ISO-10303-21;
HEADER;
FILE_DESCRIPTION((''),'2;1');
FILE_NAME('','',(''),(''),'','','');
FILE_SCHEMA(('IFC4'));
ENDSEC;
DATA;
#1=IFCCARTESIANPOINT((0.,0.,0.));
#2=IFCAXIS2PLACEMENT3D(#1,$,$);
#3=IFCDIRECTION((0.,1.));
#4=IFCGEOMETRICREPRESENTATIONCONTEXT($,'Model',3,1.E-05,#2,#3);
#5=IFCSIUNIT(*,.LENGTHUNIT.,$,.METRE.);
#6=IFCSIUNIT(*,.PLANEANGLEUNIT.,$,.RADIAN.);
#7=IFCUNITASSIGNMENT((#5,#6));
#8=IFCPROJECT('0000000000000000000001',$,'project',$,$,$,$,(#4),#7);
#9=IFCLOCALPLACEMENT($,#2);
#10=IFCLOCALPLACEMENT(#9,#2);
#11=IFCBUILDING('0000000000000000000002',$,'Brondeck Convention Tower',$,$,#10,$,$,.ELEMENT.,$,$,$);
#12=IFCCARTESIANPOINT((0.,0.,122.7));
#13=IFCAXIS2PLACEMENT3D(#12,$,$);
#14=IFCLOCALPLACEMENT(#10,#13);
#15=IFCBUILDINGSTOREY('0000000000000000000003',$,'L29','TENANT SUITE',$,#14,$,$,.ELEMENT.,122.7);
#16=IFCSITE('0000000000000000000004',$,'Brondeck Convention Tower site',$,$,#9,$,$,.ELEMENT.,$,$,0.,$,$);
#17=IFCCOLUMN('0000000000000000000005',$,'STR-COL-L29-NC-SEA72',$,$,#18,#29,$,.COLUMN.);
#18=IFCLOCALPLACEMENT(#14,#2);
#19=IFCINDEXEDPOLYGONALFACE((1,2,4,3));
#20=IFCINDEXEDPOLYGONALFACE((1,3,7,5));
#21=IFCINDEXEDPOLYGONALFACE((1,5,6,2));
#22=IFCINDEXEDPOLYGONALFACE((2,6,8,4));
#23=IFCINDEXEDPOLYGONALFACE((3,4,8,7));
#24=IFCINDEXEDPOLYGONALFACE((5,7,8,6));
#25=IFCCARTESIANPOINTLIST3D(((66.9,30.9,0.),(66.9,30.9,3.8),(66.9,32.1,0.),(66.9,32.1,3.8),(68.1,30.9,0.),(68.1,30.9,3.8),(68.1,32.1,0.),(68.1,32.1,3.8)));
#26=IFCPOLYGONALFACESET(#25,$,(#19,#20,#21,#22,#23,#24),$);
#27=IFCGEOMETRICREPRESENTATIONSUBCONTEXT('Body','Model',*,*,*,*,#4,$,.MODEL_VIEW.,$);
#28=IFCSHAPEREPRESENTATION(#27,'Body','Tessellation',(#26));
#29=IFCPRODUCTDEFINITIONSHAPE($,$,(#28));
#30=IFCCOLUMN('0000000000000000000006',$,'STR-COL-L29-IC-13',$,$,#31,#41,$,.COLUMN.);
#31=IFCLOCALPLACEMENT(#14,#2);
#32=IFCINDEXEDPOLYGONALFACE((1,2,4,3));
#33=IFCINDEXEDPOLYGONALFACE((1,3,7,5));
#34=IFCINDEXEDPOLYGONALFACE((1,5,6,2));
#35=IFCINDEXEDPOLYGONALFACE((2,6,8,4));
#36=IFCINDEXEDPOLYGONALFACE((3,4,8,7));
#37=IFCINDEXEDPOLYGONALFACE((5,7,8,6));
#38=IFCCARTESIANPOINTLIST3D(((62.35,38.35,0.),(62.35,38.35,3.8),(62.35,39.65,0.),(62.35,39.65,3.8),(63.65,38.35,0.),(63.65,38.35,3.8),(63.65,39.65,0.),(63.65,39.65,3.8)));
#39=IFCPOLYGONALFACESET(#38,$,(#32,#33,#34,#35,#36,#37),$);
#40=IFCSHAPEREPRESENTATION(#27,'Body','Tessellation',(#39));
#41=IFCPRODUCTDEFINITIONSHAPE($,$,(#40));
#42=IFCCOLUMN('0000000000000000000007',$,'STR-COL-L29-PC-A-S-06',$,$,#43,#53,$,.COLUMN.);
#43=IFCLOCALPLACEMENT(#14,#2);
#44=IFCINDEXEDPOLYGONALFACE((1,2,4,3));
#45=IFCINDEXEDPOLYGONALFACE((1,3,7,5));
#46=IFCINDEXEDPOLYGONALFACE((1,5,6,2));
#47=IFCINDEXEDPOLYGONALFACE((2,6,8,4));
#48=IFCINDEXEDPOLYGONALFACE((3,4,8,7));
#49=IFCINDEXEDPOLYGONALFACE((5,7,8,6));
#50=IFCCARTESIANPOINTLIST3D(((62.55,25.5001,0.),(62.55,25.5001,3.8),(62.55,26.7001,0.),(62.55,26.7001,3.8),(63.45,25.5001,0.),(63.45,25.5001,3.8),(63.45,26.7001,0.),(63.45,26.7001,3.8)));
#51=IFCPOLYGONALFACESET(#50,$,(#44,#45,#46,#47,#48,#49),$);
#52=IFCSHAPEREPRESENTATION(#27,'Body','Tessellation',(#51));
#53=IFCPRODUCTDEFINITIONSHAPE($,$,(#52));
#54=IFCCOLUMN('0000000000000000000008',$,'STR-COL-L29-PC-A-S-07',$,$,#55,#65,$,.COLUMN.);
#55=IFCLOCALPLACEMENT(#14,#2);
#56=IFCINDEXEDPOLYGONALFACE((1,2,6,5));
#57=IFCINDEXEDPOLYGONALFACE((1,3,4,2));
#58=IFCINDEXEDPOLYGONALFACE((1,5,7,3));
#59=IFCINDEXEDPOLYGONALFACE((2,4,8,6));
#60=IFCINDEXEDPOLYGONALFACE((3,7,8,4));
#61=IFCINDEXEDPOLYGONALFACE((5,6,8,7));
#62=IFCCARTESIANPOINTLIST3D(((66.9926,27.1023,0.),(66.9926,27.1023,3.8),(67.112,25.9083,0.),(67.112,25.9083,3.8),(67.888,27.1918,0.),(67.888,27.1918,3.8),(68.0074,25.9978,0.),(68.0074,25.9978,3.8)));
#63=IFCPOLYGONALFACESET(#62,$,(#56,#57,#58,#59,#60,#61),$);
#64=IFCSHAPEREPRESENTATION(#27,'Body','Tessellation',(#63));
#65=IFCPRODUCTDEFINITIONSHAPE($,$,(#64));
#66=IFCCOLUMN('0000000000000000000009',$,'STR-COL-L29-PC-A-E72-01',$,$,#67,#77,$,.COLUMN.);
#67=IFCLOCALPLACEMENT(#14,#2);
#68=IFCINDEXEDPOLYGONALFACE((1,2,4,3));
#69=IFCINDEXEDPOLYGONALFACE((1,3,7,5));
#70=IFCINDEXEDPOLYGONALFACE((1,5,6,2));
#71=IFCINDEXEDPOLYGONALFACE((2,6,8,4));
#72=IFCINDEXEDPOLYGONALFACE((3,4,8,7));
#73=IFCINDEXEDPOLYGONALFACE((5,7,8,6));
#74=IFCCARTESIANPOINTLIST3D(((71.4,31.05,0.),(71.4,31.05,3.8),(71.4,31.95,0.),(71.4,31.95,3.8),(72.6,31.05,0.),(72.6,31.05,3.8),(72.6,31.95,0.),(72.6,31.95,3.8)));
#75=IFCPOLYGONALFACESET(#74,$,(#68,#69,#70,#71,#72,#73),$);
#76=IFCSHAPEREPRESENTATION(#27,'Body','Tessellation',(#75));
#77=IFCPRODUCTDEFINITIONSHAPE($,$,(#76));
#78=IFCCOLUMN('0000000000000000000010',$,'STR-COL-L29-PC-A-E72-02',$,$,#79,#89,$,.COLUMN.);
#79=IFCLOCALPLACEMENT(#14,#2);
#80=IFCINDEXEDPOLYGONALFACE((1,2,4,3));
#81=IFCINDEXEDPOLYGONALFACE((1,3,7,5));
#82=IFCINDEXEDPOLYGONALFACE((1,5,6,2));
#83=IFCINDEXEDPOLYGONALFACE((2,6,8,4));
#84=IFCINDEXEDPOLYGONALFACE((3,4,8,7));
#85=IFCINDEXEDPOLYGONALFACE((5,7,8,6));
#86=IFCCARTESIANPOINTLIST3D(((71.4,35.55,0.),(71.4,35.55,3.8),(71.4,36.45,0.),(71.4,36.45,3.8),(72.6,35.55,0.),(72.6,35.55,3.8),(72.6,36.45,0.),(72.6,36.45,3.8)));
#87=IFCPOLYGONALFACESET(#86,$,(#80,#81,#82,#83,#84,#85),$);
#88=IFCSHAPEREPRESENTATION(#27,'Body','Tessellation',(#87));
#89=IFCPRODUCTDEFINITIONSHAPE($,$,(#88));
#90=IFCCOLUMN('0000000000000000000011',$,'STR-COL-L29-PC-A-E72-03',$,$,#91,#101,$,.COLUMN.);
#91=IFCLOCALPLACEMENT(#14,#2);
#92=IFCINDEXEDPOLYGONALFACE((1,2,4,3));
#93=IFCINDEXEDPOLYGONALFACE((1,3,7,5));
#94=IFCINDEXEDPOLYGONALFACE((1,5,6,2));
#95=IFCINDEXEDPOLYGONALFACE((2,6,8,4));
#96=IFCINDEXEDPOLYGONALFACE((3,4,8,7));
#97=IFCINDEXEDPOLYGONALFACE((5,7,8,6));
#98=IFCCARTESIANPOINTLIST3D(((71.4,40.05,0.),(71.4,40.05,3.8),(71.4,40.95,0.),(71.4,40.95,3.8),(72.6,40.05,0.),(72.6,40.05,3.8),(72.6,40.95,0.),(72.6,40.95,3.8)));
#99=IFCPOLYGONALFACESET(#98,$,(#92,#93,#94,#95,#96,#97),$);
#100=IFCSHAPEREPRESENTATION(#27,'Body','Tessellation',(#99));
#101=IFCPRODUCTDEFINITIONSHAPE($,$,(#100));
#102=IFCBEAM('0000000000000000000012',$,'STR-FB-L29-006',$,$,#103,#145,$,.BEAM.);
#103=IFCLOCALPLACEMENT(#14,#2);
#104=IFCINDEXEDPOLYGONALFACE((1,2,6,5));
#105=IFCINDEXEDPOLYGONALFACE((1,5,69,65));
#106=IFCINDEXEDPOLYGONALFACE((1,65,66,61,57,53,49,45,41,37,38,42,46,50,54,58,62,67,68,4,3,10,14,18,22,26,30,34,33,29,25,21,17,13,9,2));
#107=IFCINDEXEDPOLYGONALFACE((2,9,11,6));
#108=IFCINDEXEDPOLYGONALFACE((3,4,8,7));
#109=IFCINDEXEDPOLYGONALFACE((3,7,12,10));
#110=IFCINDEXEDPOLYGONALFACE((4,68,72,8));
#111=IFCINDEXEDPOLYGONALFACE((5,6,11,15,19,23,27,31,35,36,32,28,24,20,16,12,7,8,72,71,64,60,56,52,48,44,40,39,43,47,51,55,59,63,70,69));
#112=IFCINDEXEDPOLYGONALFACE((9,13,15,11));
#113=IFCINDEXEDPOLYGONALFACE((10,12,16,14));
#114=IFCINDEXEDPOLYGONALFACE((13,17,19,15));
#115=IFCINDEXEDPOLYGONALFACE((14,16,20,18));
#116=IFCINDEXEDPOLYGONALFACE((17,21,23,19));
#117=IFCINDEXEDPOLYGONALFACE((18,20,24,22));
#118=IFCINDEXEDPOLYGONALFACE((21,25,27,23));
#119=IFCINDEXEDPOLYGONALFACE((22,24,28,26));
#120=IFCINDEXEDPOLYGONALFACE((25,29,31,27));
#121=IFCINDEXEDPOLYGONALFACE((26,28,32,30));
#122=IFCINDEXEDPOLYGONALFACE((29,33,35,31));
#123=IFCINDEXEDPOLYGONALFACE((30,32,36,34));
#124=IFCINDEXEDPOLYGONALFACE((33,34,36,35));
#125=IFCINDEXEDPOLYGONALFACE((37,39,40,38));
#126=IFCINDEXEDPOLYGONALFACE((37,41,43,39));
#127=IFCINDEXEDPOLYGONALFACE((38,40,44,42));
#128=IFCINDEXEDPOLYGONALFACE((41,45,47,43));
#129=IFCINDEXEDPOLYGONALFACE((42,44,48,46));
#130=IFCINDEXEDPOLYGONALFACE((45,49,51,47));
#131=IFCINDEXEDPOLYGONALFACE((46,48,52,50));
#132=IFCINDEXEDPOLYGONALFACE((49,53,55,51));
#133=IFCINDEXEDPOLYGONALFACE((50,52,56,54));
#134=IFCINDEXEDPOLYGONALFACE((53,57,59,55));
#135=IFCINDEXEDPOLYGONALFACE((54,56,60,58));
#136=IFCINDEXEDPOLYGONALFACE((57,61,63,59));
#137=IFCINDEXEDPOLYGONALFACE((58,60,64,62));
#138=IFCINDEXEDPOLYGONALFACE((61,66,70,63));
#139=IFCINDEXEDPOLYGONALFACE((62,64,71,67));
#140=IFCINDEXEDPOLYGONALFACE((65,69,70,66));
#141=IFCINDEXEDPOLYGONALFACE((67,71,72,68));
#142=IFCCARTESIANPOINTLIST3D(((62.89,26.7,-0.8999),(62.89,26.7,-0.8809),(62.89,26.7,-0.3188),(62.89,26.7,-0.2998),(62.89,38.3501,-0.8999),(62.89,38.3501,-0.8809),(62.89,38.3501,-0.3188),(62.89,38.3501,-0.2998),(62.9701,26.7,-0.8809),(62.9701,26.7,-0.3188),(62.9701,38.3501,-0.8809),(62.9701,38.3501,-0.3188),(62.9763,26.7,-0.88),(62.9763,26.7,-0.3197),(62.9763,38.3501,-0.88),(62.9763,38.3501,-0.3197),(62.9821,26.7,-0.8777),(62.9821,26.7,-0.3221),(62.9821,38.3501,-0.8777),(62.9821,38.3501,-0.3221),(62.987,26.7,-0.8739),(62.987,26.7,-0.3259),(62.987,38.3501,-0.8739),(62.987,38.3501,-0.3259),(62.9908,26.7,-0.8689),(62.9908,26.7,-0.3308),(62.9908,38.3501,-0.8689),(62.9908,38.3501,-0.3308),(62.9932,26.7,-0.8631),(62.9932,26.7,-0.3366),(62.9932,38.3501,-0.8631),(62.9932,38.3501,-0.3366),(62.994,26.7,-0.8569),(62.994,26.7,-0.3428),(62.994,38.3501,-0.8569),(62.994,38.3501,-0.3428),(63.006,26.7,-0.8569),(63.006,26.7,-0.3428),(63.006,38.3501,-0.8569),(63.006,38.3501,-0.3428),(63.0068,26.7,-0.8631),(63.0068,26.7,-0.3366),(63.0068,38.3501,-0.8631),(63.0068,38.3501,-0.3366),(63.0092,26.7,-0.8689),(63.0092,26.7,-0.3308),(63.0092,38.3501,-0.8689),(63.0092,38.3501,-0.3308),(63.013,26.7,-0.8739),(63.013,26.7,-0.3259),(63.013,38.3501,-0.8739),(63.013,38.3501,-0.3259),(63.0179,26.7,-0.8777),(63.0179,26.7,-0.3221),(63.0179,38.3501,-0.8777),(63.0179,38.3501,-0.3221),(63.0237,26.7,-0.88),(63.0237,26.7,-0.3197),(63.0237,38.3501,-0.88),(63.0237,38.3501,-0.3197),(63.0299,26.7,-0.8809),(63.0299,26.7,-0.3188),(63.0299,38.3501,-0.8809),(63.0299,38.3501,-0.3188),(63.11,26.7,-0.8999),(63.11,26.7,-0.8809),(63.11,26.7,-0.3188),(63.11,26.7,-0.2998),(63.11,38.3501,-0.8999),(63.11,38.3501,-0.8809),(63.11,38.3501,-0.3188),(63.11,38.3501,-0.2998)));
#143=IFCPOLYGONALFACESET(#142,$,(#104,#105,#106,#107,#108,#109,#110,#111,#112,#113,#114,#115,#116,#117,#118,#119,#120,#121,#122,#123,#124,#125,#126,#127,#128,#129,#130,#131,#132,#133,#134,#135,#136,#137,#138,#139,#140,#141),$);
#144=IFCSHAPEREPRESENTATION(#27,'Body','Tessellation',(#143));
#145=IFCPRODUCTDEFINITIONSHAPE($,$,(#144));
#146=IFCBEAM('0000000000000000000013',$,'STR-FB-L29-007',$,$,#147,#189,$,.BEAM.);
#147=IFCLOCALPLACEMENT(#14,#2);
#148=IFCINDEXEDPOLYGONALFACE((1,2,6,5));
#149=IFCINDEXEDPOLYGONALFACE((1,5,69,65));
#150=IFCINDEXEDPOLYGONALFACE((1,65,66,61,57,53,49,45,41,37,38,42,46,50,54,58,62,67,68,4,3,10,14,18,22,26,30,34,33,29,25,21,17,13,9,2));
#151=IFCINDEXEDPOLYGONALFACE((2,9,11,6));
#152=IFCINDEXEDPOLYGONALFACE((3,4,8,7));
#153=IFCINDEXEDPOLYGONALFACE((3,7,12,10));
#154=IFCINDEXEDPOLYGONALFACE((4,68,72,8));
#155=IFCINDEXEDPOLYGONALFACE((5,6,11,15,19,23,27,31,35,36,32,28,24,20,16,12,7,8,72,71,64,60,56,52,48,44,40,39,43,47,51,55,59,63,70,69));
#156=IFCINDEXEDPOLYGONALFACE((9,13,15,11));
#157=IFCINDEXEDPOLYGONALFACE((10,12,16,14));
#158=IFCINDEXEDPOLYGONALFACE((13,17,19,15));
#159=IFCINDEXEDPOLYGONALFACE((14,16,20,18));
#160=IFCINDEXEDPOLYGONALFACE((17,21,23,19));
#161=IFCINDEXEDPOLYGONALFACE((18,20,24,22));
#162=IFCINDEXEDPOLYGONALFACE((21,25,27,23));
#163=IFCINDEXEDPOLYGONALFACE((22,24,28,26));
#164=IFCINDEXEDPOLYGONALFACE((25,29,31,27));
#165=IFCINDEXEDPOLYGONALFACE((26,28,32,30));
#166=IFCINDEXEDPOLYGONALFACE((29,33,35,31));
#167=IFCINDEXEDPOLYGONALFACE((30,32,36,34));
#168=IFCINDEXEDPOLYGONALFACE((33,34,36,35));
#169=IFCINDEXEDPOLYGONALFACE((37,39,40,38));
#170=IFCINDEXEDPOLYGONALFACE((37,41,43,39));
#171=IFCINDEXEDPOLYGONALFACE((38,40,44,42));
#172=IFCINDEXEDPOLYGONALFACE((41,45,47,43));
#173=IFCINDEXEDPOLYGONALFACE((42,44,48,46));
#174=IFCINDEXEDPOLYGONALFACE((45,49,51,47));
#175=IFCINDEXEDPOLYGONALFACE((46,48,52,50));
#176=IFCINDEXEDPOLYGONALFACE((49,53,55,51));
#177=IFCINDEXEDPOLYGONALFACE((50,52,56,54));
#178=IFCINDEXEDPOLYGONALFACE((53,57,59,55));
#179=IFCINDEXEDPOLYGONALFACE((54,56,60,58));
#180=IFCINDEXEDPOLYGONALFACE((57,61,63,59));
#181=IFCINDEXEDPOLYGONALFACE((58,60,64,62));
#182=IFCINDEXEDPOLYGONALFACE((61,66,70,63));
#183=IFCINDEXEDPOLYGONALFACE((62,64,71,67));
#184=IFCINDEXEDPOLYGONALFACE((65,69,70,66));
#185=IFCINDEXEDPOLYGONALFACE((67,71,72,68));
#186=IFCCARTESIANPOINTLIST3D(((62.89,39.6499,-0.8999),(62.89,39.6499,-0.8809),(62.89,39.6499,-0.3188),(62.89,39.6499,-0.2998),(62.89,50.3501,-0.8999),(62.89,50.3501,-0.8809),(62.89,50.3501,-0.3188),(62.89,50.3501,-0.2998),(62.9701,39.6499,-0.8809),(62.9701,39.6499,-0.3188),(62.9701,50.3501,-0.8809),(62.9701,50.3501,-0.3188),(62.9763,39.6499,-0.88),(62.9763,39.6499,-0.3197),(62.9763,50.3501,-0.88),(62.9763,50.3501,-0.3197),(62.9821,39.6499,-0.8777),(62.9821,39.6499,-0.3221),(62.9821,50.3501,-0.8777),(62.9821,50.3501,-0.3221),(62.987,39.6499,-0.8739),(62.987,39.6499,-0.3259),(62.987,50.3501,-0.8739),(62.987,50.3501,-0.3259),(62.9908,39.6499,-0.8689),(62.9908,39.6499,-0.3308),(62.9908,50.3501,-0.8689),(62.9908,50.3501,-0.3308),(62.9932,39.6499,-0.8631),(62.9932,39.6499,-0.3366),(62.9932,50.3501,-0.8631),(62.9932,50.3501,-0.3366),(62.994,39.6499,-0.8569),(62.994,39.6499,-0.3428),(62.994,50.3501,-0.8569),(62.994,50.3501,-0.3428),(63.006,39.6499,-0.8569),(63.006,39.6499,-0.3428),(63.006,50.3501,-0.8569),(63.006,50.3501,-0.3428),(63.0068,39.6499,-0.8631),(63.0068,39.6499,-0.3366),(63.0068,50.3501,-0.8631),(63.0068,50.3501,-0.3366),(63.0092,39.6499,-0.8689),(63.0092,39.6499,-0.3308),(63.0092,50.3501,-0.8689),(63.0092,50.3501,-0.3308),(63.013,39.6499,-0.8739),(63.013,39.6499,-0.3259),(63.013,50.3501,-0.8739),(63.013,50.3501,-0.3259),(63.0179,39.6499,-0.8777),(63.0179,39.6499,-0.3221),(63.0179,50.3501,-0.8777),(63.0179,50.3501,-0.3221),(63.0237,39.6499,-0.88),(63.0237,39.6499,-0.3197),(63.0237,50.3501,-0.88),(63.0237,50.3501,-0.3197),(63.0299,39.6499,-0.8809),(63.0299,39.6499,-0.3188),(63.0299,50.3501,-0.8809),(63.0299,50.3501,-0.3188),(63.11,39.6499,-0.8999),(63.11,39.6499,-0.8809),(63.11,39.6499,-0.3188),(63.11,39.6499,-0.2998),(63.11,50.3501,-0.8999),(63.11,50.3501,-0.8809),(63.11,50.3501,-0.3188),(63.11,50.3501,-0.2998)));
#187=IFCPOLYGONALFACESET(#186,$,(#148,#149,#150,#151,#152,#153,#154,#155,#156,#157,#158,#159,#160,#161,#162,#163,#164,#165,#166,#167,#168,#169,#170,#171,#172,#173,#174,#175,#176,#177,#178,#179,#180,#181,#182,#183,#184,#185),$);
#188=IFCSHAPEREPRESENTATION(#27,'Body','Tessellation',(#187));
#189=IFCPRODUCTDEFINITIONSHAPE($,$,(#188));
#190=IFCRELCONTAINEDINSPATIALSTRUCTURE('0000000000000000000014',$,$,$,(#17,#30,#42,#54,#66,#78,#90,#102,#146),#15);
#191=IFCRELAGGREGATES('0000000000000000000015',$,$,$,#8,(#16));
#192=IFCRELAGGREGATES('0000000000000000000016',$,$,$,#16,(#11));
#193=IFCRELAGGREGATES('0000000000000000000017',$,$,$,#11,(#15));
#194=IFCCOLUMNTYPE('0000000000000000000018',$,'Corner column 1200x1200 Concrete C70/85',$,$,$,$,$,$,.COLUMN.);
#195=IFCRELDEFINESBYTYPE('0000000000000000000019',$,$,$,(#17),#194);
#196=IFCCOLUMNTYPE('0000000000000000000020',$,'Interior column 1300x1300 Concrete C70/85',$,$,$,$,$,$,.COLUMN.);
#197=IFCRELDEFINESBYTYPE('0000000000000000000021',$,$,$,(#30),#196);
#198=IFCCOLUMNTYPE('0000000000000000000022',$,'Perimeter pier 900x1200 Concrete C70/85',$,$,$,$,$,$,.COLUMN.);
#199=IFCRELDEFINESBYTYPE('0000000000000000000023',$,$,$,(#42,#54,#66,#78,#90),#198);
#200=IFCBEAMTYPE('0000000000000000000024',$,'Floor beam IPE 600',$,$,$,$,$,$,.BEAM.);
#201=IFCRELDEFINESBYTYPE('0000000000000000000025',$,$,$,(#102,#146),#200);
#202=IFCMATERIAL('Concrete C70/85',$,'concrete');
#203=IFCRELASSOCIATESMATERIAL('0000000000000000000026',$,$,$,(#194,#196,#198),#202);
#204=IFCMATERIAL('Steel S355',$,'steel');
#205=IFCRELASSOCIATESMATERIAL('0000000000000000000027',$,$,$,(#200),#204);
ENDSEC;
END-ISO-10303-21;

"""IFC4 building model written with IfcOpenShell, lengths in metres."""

from ifc_helpers import new_model, si_unit, direction, frame, origin, origin_2d, place, context, subcontext, project, spatial, rectangle, i_section, extrude, material, material_profile, profile_set, type_object, element, save


model = new_model("IFC4")

# Units and contexts
model_context = context("Model", 3, precision=1e-05, world=origin(), true_north=direction((0.0, 1.0)))
body_context = subcontext(model_context, "Body", "Model", "MODEL_VIEW")
ifc_project = project(units=[si_unit("LENGTHUNIT", "METRE"), si_unit("PLANEANGLEUNIT", "RADIAN")], contexts=[model_context])

# Site, building, storey
site_placement = place(None, origin())
site = spatial("IfcSite", under=ifc_project, at=site_placement, Name="Brondeck Convention Tower site", CompositionType="ELEMENT", RefElevation=0.0)
building_placement = place(site_placement, origin())
building = spatial("IfcBuilding", under=site, at=building_placement, Name="Brondeck Convention Tower", CompositionType="ELEMENT")
storey_placement = place(building_placement, frame((0.0, 0.0, 122.7)))
storey = spatial("IfcBuildingStorey", under=building, at=storey_placement, Name="L29", Description="TENANT SUITE", CompositionType="ELEMENT", Elevation=122.7)

# Columns
ifc_material_1 = material(Name="Concrete C70/85", Category="concrete")
ifc_material_profile_1 = material_profile(ifc_material_1, rectangle(XDim=1.2, YDim=1.2, at=origin_2d()), Name="Corner column 1200x1200 Concrete C70/85")
ifc_profile_set_1 = profile_set([ifc_material_profile_1], Name="Concrete C70/85")
column_type_1 = type_object("IfcColumnType", Name="Corner column 1200x1200 Concrete C70/85", PredefinedType="COLUMN", material=ifc_profile_set_1)
column_1_placement = place(storey_placement, frame((67.5, 31.5, 0.0), z_axis=(0.0, 0.0, 1.0), x_axis=(1.0, 0.0, 0.0)))
element("IfcColumn", 1, at=column_1_placement, inside=storey, type_object=column_type_1, Name="STR-COL-L29-NC-SEA72", PredefinedType="COLUMN", context=body_context, shape_type="SweptSolid", body=[
    extrude(rectangle(XDim=1.2, YDim=1.2, at=origin_2d()), origin(), (0.0, 0.0, 1.0), 3.8),
])
ifc_material_profile_2 = material_profile(ifc_material_1, rectangle(XDim=1.3, YDim=1.3, at=origin_2d()), Name="Interior column 1300x1300 Concrete C70/85")
ifc_profile_set_2 = profile_set([ifc_material_profile_2], Name="Concrete C70/85")
column_type_2 = type_object("IfcColumnType", Name="Interior column 1300x1300 Concrete C70/85", PredefinedType="COLUMN", material=ifc_profile_set_2)
column_2_placement = place(storey_placement, frame((63.0, 39.0, 0.0), z_axis=(0.0, 0.0, 1.0), x_axis=(1.0, 0.0, 0.0)))
element("IfcColumn", 2, at=column_2_placement, inside=storey, type_object=column_type_2, Name="STR-COL-L29-IC-13", PredefinedType="COLUMN", context=body_context, shape_type="SweptSolid", body=[
    extrude(rectangle(XDim=1.3, YDim=1.3, at=origin_2d()), origin(), (0.0, 0.0, 1.0), 3.8),
])
ifc_material_profile_3 = material_profile(ifc_material_1, rectangle(XDim=0.8999, YDim=1.2, at=origin_2d()), Name="Perimeter pier 900x1200 Concrete C70/85")
ifc_profile_set_3 = profile_set([ifc_material_profile_3], Name="Concrete C70/85")
column_type_3 = type_object("IfcColumnType", Name="Perimeter pier 900x1200 Concrete C70/85", PredefinedType="COLUMN", material=ifc_profile_set_3)
for number, where, z_axis, x_axis, name in (
    (3, (63.0, 26.1001, 0.0), (0.0, 0.0, 1.0), (1.0, 0.0, 0.0), "STR-COL-L29-PC-A-S-06"),
    (4, (67.5, 26.55, 0.0), (0.0, 0.0, 1.0), (0.995037, 0.099504, 0.0), "STR-COL-L29-PC-A-S-07"),
    (5, (72.0, 31.5, 0.0), (0.0, 0.0, 1.0), (0.0, 1.0, 0.0), "STR-COL-L29-PC-A-E72-01"),
    (6, (72.0, 36.0, 0.0), (0.0, 0.0, 1.0), (0.0, 1.0, 0.0), "STR-COL-L29-PC-A-E72-02"),
    (7, (72.0, 40.5, 0.0), (0.0, 0.0, 1.0), (0.0, 1.0, 0.0), "STR-COL-L29-PC-A-E72-03"),
):
    element("IfcColumn", number, at=place(storey_placement, frame(where, z_axis=z_axis, x_axis=x_axis)), inside=storey, type_object=column_type_3, Name=name, PredefinedType="COLUMN", context=body_context, shape_type="SweptSolid", body=[
        extrude(rectangle(XDim=0.8999, YDim=1.2, at=origin_2d()), origin(), (0.0, 0.0, 1.0), 3.8),
    ])

# Beams
ifc_material_2 = material(Name="Steel S355", Category="steel")
ifc_material_profile_4 = material_profile(ifc_material_2, i_section(OverallWidth=0.22, OverallDepth=0.6001, WebThickness=0.012, FlangeThickness=0.019, FilletRadius=0.0239, at=origin_2d()), Name="IPE 600")
ifc_profile_set_4 = profile_set([ifc_material_profile_4], Name="Steel S355")
beam_type_1 = type_object("IfcBeamType", Name="Floor beam IPE 600", PredefinedType="BEAM", material=ifc_profile_set_4)
beam_1_placement = place(storey_placement, frame((63.0, 26.7, -0.5999), z_axis=(0.0, 1.0, 0.0), x_axis=(-1.0, 0.0, 0.0)))
element("IfcBeam", 8, at=beam_1_placement, inside=storey, type_object=beam_type_1, Name="STR-FB-L29-006", PredefinedType="BEAM", context=body_context, shape_type="SweptSolid", body=[
    extrude(i_section(OverallWidth=0.22, OverallDepth=0.6001, WebThickness=0.012, FlangeThickness=0.019, FilletRadius=0.0239, at=origin_2d()), origin(), (0.0, 0.0, 1.0), 11.6501),
])
beam_2_placement = place(storey_placement, frame((63.0, 39.6499, -0.5999), z_axis=(0.0, 1.0, 0.0), x_axis=(-1.0, 0.0, 0.0)))
element("IfcBeam", 9, at=beam_2_placement, inside=storey, type_object=beam_type_1, Name="STR-FB-L29-007", PredefinedType="BEAM", context=body_context, shape_type="SweptSolid", body=[
    extrude(i_section(OverallWidth=0.22, OverallDepth=0.6001, WebThickness=0.012, FlangeThickness=0.019, FilletRadius=0.0239, at=origin_2d()), origin(), (0.0, 0.0, 1.0), 10.7002),
])

save(model, "model.ifc")
